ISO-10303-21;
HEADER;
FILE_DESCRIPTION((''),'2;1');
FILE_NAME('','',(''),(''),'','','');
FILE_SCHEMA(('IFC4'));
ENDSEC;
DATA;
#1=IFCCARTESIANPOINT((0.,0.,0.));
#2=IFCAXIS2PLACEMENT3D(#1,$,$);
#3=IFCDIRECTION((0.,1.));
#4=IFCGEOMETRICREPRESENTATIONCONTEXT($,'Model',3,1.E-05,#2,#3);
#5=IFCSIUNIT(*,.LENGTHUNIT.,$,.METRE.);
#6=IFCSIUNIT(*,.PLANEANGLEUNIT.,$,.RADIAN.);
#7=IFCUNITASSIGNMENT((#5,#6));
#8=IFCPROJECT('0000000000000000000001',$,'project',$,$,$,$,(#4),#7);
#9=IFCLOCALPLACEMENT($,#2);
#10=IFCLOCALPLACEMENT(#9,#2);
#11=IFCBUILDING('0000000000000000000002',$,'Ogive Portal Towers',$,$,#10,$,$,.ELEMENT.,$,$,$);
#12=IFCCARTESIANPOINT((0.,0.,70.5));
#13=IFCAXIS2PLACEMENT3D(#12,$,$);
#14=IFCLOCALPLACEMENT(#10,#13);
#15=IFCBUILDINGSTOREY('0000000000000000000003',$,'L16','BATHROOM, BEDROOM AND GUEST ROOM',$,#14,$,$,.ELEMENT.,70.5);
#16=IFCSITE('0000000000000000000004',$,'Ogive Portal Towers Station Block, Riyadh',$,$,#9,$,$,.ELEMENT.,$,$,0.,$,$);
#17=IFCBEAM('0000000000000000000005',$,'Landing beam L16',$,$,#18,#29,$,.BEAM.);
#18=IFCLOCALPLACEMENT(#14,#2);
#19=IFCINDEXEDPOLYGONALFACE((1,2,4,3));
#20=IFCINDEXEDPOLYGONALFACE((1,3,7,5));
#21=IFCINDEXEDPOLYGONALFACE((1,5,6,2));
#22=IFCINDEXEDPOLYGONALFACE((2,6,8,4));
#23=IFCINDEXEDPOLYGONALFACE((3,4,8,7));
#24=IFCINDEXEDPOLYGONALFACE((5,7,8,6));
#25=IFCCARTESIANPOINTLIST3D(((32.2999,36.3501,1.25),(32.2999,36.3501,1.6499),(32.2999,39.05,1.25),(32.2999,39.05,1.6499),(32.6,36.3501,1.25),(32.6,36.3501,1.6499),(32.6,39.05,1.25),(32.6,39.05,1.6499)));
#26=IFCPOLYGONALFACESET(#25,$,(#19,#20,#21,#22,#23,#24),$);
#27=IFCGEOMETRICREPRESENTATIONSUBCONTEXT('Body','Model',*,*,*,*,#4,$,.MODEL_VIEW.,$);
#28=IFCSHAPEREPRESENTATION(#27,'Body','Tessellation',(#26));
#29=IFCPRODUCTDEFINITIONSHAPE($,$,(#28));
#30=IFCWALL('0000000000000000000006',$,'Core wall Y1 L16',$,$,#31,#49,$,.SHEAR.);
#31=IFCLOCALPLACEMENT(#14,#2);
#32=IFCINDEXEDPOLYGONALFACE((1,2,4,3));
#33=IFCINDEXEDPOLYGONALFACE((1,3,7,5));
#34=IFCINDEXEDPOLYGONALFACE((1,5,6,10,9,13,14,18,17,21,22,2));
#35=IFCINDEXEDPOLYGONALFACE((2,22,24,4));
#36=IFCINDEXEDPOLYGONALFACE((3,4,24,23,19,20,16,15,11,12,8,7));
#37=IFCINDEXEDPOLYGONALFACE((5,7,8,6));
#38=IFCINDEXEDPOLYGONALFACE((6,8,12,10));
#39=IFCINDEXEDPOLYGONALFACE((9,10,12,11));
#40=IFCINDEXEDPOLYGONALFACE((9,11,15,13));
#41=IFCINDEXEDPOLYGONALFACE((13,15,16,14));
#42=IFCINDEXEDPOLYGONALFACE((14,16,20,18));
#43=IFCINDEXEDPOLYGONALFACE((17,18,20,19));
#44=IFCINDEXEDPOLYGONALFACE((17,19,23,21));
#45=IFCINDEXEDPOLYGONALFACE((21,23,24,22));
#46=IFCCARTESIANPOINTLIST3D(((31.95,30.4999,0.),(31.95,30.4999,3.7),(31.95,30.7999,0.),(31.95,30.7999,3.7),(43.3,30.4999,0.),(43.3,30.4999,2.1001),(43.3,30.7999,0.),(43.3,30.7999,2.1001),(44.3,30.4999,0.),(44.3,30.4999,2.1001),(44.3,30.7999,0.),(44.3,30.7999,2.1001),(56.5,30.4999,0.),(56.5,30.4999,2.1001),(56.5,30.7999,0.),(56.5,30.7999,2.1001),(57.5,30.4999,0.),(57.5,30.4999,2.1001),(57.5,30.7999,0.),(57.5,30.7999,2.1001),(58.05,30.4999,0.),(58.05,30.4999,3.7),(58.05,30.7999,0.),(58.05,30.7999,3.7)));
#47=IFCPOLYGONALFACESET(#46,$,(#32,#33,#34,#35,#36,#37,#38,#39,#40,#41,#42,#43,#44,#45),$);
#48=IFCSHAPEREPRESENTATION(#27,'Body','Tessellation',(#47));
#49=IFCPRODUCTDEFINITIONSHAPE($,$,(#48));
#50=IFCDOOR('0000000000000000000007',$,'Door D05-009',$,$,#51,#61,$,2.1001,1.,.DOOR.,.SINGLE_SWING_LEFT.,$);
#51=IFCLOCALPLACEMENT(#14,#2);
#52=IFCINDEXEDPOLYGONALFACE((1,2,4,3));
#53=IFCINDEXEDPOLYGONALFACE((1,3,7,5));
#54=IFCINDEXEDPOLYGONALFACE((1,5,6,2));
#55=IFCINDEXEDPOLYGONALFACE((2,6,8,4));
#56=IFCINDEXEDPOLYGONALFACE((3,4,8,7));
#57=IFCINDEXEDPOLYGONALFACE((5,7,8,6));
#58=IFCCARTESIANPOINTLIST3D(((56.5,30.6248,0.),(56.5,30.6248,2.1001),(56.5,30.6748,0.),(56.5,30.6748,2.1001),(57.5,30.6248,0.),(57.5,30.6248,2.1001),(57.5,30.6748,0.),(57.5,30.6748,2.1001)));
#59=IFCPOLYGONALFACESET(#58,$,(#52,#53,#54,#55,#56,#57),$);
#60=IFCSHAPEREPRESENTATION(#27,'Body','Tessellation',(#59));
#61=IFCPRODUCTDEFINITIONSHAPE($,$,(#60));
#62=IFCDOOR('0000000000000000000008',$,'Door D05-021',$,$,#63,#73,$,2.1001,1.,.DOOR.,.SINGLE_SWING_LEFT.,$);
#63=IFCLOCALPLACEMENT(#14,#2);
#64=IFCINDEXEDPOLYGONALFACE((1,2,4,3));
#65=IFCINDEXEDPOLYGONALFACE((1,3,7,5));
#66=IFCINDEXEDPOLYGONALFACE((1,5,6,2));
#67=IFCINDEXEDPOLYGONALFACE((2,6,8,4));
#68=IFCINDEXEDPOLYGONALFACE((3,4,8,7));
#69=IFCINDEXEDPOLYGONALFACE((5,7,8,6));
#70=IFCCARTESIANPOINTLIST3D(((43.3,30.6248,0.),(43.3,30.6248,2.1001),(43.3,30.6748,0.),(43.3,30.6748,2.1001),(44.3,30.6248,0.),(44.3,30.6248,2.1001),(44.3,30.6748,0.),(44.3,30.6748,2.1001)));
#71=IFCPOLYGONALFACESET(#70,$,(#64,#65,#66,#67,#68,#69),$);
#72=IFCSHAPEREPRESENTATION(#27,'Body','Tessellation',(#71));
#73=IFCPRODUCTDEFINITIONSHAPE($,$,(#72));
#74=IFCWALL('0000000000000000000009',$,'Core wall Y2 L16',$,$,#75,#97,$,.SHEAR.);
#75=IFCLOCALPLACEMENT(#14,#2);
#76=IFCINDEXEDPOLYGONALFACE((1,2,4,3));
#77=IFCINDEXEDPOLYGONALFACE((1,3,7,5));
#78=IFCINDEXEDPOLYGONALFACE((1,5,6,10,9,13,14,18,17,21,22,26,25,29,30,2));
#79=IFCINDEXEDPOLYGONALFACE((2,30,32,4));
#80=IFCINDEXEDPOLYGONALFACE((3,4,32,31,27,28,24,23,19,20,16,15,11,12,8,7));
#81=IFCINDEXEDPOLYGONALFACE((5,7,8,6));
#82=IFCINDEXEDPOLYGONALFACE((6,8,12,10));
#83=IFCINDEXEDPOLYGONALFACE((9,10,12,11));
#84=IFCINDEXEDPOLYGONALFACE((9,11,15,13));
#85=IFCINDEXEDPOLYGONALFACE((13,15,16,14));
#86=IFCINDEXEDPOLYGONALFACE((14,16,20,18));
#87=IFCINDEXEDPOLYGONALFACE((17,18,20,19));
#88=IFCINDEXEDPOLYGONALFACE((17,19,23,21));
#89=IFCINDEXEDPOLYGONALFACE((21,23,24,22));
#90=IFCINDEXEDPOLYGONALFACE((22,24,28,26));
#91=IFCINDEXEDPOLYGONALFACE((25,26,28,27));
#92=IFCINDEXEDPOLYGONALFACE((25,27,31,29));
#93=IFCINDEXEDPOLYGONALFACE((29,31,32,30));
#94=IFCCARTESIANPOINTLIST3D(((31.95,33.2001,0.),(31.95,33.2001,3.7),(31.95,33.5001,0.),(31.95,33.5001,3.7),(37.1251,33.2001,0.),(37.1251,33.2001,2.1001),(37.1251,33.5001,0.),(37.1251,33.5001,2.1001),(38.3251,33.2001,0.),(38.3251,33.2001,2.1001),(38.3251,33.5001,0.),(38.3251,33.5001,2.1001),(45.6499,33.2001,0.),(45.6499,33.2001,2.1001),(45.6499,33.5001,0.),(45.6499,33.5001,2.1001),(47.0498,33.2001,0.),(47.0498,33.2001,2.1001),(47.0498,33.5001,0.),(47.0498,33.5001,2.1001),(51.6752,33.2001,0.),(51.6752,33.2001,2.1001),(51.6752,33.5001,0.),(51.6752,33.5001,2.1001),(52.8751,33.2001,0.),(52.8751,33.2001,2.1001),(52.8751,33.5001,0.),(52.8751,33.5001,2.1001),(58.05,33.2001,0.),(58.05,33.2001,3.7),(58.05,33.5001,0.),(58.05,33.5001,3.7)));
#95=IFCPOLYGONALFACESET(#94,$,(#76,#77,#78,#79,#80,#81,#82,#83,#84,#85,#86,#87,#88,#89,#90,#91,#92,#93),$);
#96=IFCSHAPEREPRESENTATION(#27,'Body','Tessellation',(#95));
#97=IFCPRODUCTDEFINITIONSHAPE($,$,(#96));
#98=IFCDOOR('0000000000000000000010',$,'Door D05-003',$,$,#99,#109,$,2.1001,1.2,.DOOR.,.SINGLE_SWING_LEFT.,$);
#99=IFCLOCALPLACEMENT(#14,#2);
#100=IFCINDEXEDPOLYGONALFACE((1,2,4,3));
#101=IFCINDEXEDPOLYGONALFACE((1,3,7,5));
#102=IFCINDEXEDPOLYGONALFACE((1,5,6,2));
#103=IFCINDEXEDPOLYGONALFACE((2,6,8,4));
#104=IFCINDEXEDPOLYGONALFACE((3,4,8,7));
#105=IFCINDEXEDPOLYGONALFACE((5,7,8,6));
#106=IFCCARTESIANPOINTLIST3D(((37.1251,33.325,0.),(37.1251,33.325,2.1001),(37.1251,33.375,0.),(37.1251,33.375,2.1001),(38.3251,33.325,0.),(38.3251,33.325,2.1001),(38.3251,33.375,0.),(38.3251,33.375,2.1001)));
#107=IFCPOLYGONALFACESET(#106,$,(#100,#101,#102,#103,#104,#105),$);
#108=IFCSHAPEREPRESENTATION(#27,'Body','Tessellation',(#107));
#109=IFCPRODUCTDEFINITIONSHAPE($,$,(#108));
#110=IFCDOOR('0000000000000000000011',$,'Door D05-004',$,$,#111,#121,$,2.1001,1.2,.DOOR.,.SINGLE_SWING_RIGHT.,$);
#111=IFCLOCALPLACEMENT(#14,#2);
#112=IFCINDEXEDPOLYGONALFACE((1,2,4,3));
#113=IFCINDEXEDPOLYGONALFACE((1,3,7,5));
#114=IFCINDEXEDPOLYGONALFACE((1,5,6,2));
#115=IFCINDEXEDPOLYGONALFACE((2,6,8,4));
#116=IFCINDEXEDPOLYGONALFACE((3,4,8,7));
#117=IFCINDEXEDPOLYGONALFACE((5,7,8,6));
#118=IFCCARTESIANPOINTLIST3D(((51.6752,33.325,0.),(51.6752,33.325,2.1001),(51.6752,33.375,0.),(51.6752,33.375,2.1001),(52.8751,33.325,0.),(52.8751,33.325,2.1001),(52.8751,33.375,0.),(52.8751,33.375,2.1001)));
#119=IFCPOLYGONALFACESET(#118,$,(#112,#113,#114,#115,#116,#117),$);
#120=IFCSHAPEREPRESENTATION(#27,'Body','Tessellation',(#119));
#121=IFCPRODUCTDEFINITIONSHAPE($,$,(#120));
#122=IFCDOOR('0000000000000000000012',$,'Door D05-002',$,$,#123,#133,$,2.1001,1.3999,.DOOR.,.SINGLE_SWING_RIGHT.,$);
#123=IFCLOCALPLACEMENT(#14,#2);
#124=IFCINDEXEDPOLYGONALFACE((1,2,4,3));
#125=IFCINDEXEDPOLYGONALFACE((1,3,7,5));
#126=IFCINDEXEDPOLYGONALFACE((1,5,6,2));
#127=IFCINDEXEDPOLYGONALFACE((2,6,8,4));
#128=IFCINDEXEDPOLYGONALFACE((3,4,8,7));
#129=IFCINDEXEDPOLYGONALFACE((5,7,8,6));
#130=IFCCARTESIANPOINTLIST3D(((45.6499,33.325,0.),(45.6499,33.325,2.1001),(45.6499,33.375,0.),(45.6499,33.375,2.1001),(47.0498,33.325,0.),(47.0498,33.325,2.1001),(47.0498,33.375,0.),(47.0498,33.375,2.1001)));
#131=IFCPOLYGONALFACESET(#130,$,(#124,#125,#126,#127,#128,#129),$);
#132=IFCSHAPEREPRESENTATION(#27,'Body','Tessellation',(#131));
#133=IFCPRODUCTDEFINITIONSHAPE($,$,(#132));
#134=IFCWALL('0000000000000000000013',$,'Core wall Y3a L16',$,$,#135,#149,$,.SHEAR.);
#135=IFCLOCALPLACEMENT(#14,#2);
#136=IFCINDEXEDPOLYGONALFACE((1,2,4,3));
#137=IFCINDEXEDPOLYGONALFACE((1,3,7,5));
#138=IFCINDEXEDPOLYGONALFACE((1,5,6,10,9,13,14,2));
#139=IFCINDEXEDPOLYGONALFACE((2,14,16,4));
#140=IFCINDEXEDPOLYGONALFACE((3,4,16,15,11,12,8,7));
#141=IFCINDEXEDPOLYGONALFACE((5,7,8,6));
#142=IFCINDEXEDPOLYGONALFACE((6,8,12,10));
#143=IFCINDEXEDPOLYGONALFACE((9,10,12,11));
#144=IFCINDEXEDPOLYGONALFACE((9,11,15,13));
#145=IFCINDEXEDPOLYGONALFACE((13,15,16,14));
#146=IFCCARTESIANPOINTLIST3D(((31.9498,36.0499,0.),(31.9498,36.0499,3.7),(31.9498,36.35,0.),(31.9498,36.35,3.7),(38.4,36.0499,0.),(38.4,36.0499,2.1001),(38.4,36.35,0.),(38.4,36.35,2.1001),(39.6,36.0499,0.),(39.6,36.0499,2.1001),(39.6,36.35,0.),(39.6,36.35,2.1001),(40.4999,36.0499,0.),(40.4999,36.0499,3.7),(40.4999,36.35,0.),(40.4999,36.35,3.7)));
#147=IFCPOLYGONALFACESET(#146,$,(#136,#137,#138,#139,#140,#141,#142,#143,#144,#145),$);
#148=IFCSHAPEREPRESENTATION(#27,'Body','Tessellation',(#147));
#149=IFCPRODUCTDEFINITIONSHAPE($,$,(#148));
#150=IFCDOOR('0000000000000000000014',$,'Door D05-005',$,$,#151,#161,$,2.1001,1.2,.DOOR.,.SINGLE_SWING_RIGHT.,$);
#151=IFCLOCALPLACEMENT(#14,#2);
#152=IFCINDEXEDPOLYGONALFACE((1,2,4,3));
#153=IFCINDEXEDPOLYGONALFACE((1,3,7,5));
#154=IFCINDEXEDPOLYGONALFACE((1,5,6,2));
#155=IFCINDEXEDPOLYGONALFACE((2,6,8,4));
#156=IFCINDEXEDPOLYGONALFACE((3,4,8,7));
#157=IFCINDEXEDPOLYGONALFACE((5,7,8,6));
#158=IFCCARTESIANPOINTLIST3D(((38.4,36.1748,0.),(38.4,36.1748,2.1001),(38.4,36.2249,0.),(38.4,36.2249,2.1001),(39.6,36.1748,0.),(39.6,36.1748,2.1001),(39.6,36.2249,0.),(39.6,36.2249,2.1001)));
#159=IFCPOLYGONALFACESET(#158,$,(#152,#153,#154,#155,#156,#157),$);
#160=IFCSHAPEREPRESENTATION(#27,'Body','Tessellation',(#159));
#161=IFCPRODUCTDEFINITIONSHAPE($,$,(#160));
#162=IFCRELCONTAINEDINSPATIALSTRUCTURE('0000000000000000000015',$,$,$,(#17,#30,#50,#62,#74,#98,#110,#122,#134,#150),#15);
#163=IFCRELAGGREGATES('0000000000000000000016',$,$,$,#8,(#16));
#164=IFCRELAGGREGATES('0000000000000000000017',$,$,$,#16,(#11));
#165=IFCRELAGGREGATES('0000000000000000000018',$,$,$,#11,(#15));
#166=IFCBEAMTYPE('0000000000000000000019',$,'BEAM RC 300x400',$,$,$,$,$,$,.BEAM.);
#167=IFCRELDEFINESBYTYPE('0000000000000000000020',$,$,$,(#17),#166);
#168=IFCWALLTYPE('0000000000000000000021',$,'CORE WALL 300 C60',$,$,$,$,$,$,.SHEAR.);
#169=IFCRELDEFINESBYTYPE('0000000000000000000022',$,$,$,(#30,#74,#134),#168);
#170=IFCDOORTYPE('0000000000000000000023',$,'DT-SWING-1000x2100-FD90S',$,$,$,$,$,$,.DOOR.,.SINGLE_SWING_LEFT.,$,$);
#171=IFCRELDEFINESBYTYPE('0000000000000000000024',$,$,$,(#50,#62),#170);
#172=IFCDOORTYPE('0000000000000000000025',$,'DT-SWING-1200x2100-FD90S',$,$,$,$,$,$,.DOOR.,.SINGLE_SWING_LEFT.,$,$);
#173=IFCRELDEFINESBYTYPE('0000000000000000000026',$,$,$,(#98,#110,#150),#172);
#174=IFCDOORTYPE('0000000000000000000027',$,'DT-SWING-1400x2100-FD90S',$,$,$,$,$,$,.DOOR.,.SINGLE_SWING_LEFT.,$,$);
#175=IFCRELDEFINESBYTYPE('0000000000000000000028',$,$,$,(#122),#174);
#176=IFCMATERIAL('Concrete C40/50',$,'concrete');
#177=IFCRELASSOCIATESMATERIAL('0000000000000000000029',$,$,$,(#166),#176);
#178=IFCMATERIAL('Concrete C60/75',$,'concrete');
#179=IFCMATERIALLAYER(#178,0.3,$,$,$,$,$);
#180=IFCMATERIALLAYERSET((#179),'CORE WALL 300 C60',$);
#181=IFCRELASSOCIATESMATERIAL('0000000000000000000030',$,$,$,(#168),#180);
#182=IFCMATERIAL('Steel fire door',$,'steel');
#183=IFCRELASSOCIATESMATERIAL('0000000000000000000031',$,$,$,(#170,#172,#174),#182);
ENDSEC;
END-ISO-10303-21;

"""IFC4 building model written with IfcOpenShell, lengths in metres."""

from ifc_helpers import new_model, si_unit, direction, frame, frame_2d, origin, origin_2d, place, context, subcontext, project, spatial, rectangle, extrude, material, layer, layer_set, material_profile, profile_set, type_object, element, fill, save


model = new_model("IFC4")

# Units and contexts
model_context = context("Model", 3, precision=1e-05, world=origin(), true_north=direction((0.0, 1.0)))
body_context = subcontext(model_context, "Body", "Model", "MODEL_VIEW")
ifc_project = project(units=[si_unit("LENGTHUNIT", "METRE"), si_unit("PLANEANGLEUNIT", "RADIAN")], contexts=[model_context])

# Site, building, storey
site_placement = place(None, origin())
site = spatial("IfcSite", under=ifc_project, at=site_placement, Name="Ogive Portal Towers Station Block, Riyadh", CompositionType="ELEMENT", RefElevation=0.0)
building_placement = place(site_placement, origin())
building = spatial("IfcBuilding", under=site, at=building_placement, Name="Ogive Portal Towers", CompositionType="ELEMENT")
storey_placement = place(building_placement, frame((0.0, 0.0, 70.5)))
storey = spatial("IfcBuildingStorey", under=building, at=storey_placement, Name="L16", Description="BATHROOM, BEDROOM AND GUEST ROOM", CompositionType="ELEMENT", Elevation=70.5)

# Beam
ifc_material_1 = material(Name="Concrete C40/50", Category="concrete")
ifc_material_profile = material_profile(ifc_material_1, rectangle(XDim=0.3, YDim=0.3999, at=origin_2d()), Name="RC 300x400")
ifc_profile_set = profile_set([ifc_material_profile], Name="Concrete C40/50")
beam_type = type_object("IfcBeamType", Name="BEAM RC 300x400", PredefinedType="BEAM", material=ifc_profile_set)
beam_placement = place(storey_placement, frame((32.45, 36.3501, 1.45), z_axis=(0.0, 1.0, 0.0), x_axis=(-1.0, 0.0, 0.0)))
element("IfcBeam", 1, at=beam_placement, inside=storey, type_object=beam_type, Name="Landing beam L16", PredefinedType="BEAM", context=body_context, shape_type="SweptSolid", body=[
    extrude(rectangle(XDim=0.3, YDim=0.3999, at=origin_2d()), origin(), (0.0, 0.0, 1.0), 2.7),
])

# Walls, openings, doors
ifc_material_2 = material(Name="Concrete C60/75", Category="concrete")
ifc_layer_1 = layer(ifc_material_2, 0.3)
ifc_layer_set_1 = layer_set([ifc_layer_1], Name="CORE WALL 300 C60")
wall_type_1 = type_object("IfcWallType", Name="CORE WALL 300 C60", PredefinedType="SHEAR", material=ifc_layer_set_1)
wall_1_placement = place(storey_placement, frame((31.95, 30.6499, 0.0), z_axis=(0.0, 0.0, 1.0), x_axis=(1.0, 0.0, 0.0)))
wall_1 = element("IfcWall", 2, at=wall_1_placement, inside=storey, type_object=wall_type_1, Name="Core wall Y1 L16", PredefinedType="SHEAR", context=body_context, shape_type="SweptSolid", body=[
    extrude(rectangle(XDim=26.1001, YDim=0.3, at=frame_2d((13.05, 0.0))), origin(), (0.0, 0.0, 1.0), 3.7),
])
opening_1_placement = place(wall_1_placement, frame((24.55, 0.0, 0.0)))
opening_1 = element("IfcOpeningElement", 3, at=opening_1_placement, cuts=wall_1, PredefinedType="OPENING", context=body_context, shape_type="SweptSolid", body=[
    extrude(rectangle(XDim=1.0, YDim=2.1001, at=frame_2d((0.5, 1.05))), frame((0.0, 0.1602, 0.0), z_axis=(0.0, -1.0, 0.0), x_axis=(1.0, 0.0, 0.0)), (0.0, 0.0, 1.0), 0.3201),
])
opening_2_placement = place(wall_1_placement, frame((11.3501, 0.0, 0.0)))
opening_2 = element("IfcOpeningElement", 4, at=opening_2_placement, cuts=wall_1, PredefinedType="OPENING", context=body_context, shape_type="SweptSolid", body=[
    extrude(rectangle(XDim=1.0, YDim=2.1001, at=frame_2d((0.5, 1.05))), frame((0.0, 0.1602, 0.0), z_axis=(0.0, -1.0, 0.0), x_axis=(1.0, 0.0, 0.0)), (0.0, 0.0, 1.0), 0.3201),
])
ifc_material_3 = material(Name="Steel fire door", Category="steel")
door_type_1 = type_object("IfcDoorType", Name="DT-SWING-1000x2100-FD90S", OperationType="SINGLE_SWING_LEFT", PredefinedType="DOOR", material=ifc_material_3)
door_1_placement = place(opening_1_placement, origin())
door_1 = element("IfcDoor", 5, at=door_1_placement, inside=storey, type_object=door_type_1, Name="Door D05-009", OperationType="SINGLE_SWING_LEFT", OverallHeight=2.1001, OverallWidth=1.0, PredefinedType="DOOR", context=body_context, shape_type="SweptSolid", body=[
    extrude(rectangle(XDim=1.0, YDim=2.1001, at=frame_2d((0.5, 1.05))), frame((0.0, 0.0249, 0.0), z_axis=(0.0, -1.0, 0.0), x_axis=(1.0, 0.0, 0.0)), (0.0, 0.0, 1.0), 0.05),
])
fill(opening_1, door_1)
door_2_placement = place(opening_2_placement, origin())
door_2 = element("IfcDoor", 6, at=door_2_placement, inside=storey, type_object=door_type_1, Name="Door D05-021", OperationType="SINGLE_SWING_LEFT", OverallHeight=2.1001, OverallWidth=1.0, PredefinedType="DOOR", context=body_context, shape_type="SweptSolid", body=[
    extrude(rectangle(XDim=1.0, YDim=2.1001, at=frame_2d((0.5, 1.05))), frame((0.0, 0.0249, 0.0), z_axis=(0.0, -1.0, 0.0), x_axis=(1.0, 0.0, 0.0)), (0.0, 0.0, 1.0), 0.05),
])
fill(opening_2, door_2)
wall_2_placement = place(storey_placement, frame((31.95, 33.3501, 0.0), z_axis=(0.0, 0.0, 1.0), x_axis=(1.0, 0.0, 0.0)))
wall_2 = element("IfcWall", 7, at=wall_2_placement, inside=storey, type_object=wall_type_1, Name="Core wall Y2 L16", PredefinedType="SHEAR", context=body_context, shape_type="SweptSolid", body=[
    extrude(rectangle(XDim=26.1001, YDim=0.3, at=frame_2d((13.05, 0.0))), origin(), (0.0, 0.0, 1.0), 3.7),
])
opening_3_placement = place(wall_2_placement, frame((13.7, 0.0, 0.0)))
opening_3 = element("IfcOpeningElement", 8, at=opening_3_placement, cuts=wall_2, PredefinedType="OPENING", context=body_context, shape_type="SweptSolid", body=[
    extrude(rectangle(XDim=1.3999, YDim=2.1001, at=frame_2d((0.7, 1.05))), frame((0.0, 0.1602, 0.0), z_axis=(0.0, -1.0, 0.0), x_axis=(1.0, 0.0, 0.0)), (0.0, 0.0, 1.0), 0.3201),
])
opening_4_placement = place(wall_2_placement, frame((5.175, 0.0, 0.0)))
opening_4 = element("IfcOpeningElement", 9, at=opening_4_placement, cuts=wall_2, PredefinedType="OPENING", context=body_context, shape_type="SweptSolid", body=[
    extrude(rectangle(XDim=1.2, YDim=2.1001, at=frame_2d((0.6001, 1.05))), frame((0.0, 0.1602, 0.0), z_axis=(0.0, -1.0, 0.0), x_axis=(1.0, 0.0, 0.0)), (0.0, 0.0, 1.0), 0.3201),
])
opening_5_placement = place(wall_2_placement, frame((19.7251, 0.0, 0.0)))
opening_5 = element("IfcOpeningElement", 10, at=opening_5_placement, cuts=wall_2, PredefinedType="OPENING", context=body_context, shape_type="SweptSolid", body=[
    extrude(rectangle(XDim=1.2, YDim=2.1001, at=frame_2d((0.6001, 1.05))), frame((0.0, 0.1602, 0.0), z_axis=(0.0, -1.0, 0.0), x_axis=(1.0, 0.0, 0.0)), (0.0, 0.0, 1.0), 0.3201),
])
door_type_2 = type_object("IfcDoorType", Name="DT-SWING-1200x2100-FD90S", OperationType="SINGLE_SWING_LEFT", PredefinedType="DOOR", material=ifc_material_3)
door_3_placement = place(opening_4_placement, origin())
door_3 = element("IfcDoor", 11, at=door_3_placement, inside=storey, type_object=door_type_2, Name="Door D05-003", OperationType="SINGLE_SWING_LEFT", OverallHeight=2.1001, OverallWidth=1.2, PredefinedType="DOOR", context=body_context, shape_type="SweptSolid", body=[
    extrude(rectangle(XDim=1.2, YDim=2.1001, at=frame_2d((0.6001, 1.05))), frame((0.0, 0.0249, 0.0), z_axis=(0.0, -1.0, 0.0), x_axis=(1.0, 0.0, 0.0)), (0.0, 0.0, 1.0), 0.05),
])
fill(opening_4, door_3)
door_4_placement = place(opening_5_placement, origin())
door_4 = element("IfcDoor", 12, at=door_4_placement, inside=storey, type_object=door_type_2, Name="Door D05-004", OperationType="SINGLE_SWING_RIGHT", OverallHeight=2.1001, OverallWidth=1.2, PredefinedType="DOOR", context=body_context, shape_type="SweptSolid", body=[
    extrude(rectangle(XDim=1.2, YDim=2.1001, at=frame_2d((0.6001, 1.05))), frame((0.0, 0.0249, 0.0), z_axis=(0.0, -1.0, 0.0), x_axis=(1.0, 0.0, 0.0)), (0.0, 0.0, 1.0), 0.05),
])
fill(opening_5, door_4)
door_type_3 = type_object("IfcDoorType", Name="DT-SWING-1400x2100-FD90S", OperationType="SINGLE_SWING_LEFT", PredefinedType="DOOR", material=ifc_material_3)
door_5_placement = place(opening_3_placement, origin())
door_5 = element("IfcDoor", 13, at=door_5_placement, inside=storey, type_object=door_type_3, Name="Door D05-002", OperationType="SINGLE_SWING_RIGHT", OverallHeight=2.1001, OverallWidth=1.3999, PredefinedType="DOOR", context=body_context, shape_type="SweptSolid", body=[
    extrude(rectangle(XDim=1.3999, YDim=2.1001, at=frame_2d((0.7, 1.05))), frame((0.0, 0.0249, 0.0), z_axis=(0.0, -1.0, 0.0), x_axis=(1.0, 0.0, 0.0)), (0.0, 0.0, 1.0), 0.05),
])
fill(opening_3, door_5)

# Wall, opening, door
wall_3_placement = place(storey_placement, frame((31.95, 36.2, 0.0), z_axis=(0.0, 0.0, 1.0), x_axis=(1.0, 0.0, 0.0)))
wall_3 = element("IfcWall", 14, at=wall_3_placement, inside=storey, type_object=wall_type_1, Name="Core wall Y3a L16", PredefinedType="SHEAR", context=body_context, shape_type="SweptSolid", body=[
    extrude(rectangle(XDim=8.55, YDim=0.3, at=frame_2d((4.2749, 0.0))), origin(), (0.0, 0.0, 1.0), 3.7),
])
opening_6_placement = place(wall_3_placement, frame((6.45, 0.0, 0.0)))
opening_6 = element("IfcOpeningElement", 15, at=opening_6_placement, cuts=wall_3, PredefinedType="OPENING", context=body_context, shape_type="SweptSolid", body=[
    extrude(rectangle(XDim=1.2, YDim=2.1001, at=frame_2d((0.6001, 1.05))), frame((0.0, 0.1602, 0.0), z_axis=(0.0, -1.0, 0.0), x_axis=(1.0, 0.0, 0.0)), (0.0, 0.0, 1.0), 0.3201),
])
door_6_placement = place(opening_6_placement, origin())
door_6 = element("IfcDoor", 16, at=door_6_placement, inside=storey, type_object=door_type_2, Name="Door D05-005", OperationType="SINGLE_SWING_RIGHT", OverallHeight=2.1001, OverallWidth=1.2, PredefinedType="DOOR", context=body_context, shape_type="SweptSolid", body=[
    extrude(rectangle(XDim=1.2, YDim=2.1001, at=frame_2d((0.6001, 1.05))), frame((0.0, 0.0249, 0.0), z_axis=(0.0, -1.0, 0.0), x_axis=(1.0, 0.0, 0.0)), (0.0, 0.0, 1.0), 0.05),
])
fill(opening_6, door_6)

save(model, "model.ifc")
